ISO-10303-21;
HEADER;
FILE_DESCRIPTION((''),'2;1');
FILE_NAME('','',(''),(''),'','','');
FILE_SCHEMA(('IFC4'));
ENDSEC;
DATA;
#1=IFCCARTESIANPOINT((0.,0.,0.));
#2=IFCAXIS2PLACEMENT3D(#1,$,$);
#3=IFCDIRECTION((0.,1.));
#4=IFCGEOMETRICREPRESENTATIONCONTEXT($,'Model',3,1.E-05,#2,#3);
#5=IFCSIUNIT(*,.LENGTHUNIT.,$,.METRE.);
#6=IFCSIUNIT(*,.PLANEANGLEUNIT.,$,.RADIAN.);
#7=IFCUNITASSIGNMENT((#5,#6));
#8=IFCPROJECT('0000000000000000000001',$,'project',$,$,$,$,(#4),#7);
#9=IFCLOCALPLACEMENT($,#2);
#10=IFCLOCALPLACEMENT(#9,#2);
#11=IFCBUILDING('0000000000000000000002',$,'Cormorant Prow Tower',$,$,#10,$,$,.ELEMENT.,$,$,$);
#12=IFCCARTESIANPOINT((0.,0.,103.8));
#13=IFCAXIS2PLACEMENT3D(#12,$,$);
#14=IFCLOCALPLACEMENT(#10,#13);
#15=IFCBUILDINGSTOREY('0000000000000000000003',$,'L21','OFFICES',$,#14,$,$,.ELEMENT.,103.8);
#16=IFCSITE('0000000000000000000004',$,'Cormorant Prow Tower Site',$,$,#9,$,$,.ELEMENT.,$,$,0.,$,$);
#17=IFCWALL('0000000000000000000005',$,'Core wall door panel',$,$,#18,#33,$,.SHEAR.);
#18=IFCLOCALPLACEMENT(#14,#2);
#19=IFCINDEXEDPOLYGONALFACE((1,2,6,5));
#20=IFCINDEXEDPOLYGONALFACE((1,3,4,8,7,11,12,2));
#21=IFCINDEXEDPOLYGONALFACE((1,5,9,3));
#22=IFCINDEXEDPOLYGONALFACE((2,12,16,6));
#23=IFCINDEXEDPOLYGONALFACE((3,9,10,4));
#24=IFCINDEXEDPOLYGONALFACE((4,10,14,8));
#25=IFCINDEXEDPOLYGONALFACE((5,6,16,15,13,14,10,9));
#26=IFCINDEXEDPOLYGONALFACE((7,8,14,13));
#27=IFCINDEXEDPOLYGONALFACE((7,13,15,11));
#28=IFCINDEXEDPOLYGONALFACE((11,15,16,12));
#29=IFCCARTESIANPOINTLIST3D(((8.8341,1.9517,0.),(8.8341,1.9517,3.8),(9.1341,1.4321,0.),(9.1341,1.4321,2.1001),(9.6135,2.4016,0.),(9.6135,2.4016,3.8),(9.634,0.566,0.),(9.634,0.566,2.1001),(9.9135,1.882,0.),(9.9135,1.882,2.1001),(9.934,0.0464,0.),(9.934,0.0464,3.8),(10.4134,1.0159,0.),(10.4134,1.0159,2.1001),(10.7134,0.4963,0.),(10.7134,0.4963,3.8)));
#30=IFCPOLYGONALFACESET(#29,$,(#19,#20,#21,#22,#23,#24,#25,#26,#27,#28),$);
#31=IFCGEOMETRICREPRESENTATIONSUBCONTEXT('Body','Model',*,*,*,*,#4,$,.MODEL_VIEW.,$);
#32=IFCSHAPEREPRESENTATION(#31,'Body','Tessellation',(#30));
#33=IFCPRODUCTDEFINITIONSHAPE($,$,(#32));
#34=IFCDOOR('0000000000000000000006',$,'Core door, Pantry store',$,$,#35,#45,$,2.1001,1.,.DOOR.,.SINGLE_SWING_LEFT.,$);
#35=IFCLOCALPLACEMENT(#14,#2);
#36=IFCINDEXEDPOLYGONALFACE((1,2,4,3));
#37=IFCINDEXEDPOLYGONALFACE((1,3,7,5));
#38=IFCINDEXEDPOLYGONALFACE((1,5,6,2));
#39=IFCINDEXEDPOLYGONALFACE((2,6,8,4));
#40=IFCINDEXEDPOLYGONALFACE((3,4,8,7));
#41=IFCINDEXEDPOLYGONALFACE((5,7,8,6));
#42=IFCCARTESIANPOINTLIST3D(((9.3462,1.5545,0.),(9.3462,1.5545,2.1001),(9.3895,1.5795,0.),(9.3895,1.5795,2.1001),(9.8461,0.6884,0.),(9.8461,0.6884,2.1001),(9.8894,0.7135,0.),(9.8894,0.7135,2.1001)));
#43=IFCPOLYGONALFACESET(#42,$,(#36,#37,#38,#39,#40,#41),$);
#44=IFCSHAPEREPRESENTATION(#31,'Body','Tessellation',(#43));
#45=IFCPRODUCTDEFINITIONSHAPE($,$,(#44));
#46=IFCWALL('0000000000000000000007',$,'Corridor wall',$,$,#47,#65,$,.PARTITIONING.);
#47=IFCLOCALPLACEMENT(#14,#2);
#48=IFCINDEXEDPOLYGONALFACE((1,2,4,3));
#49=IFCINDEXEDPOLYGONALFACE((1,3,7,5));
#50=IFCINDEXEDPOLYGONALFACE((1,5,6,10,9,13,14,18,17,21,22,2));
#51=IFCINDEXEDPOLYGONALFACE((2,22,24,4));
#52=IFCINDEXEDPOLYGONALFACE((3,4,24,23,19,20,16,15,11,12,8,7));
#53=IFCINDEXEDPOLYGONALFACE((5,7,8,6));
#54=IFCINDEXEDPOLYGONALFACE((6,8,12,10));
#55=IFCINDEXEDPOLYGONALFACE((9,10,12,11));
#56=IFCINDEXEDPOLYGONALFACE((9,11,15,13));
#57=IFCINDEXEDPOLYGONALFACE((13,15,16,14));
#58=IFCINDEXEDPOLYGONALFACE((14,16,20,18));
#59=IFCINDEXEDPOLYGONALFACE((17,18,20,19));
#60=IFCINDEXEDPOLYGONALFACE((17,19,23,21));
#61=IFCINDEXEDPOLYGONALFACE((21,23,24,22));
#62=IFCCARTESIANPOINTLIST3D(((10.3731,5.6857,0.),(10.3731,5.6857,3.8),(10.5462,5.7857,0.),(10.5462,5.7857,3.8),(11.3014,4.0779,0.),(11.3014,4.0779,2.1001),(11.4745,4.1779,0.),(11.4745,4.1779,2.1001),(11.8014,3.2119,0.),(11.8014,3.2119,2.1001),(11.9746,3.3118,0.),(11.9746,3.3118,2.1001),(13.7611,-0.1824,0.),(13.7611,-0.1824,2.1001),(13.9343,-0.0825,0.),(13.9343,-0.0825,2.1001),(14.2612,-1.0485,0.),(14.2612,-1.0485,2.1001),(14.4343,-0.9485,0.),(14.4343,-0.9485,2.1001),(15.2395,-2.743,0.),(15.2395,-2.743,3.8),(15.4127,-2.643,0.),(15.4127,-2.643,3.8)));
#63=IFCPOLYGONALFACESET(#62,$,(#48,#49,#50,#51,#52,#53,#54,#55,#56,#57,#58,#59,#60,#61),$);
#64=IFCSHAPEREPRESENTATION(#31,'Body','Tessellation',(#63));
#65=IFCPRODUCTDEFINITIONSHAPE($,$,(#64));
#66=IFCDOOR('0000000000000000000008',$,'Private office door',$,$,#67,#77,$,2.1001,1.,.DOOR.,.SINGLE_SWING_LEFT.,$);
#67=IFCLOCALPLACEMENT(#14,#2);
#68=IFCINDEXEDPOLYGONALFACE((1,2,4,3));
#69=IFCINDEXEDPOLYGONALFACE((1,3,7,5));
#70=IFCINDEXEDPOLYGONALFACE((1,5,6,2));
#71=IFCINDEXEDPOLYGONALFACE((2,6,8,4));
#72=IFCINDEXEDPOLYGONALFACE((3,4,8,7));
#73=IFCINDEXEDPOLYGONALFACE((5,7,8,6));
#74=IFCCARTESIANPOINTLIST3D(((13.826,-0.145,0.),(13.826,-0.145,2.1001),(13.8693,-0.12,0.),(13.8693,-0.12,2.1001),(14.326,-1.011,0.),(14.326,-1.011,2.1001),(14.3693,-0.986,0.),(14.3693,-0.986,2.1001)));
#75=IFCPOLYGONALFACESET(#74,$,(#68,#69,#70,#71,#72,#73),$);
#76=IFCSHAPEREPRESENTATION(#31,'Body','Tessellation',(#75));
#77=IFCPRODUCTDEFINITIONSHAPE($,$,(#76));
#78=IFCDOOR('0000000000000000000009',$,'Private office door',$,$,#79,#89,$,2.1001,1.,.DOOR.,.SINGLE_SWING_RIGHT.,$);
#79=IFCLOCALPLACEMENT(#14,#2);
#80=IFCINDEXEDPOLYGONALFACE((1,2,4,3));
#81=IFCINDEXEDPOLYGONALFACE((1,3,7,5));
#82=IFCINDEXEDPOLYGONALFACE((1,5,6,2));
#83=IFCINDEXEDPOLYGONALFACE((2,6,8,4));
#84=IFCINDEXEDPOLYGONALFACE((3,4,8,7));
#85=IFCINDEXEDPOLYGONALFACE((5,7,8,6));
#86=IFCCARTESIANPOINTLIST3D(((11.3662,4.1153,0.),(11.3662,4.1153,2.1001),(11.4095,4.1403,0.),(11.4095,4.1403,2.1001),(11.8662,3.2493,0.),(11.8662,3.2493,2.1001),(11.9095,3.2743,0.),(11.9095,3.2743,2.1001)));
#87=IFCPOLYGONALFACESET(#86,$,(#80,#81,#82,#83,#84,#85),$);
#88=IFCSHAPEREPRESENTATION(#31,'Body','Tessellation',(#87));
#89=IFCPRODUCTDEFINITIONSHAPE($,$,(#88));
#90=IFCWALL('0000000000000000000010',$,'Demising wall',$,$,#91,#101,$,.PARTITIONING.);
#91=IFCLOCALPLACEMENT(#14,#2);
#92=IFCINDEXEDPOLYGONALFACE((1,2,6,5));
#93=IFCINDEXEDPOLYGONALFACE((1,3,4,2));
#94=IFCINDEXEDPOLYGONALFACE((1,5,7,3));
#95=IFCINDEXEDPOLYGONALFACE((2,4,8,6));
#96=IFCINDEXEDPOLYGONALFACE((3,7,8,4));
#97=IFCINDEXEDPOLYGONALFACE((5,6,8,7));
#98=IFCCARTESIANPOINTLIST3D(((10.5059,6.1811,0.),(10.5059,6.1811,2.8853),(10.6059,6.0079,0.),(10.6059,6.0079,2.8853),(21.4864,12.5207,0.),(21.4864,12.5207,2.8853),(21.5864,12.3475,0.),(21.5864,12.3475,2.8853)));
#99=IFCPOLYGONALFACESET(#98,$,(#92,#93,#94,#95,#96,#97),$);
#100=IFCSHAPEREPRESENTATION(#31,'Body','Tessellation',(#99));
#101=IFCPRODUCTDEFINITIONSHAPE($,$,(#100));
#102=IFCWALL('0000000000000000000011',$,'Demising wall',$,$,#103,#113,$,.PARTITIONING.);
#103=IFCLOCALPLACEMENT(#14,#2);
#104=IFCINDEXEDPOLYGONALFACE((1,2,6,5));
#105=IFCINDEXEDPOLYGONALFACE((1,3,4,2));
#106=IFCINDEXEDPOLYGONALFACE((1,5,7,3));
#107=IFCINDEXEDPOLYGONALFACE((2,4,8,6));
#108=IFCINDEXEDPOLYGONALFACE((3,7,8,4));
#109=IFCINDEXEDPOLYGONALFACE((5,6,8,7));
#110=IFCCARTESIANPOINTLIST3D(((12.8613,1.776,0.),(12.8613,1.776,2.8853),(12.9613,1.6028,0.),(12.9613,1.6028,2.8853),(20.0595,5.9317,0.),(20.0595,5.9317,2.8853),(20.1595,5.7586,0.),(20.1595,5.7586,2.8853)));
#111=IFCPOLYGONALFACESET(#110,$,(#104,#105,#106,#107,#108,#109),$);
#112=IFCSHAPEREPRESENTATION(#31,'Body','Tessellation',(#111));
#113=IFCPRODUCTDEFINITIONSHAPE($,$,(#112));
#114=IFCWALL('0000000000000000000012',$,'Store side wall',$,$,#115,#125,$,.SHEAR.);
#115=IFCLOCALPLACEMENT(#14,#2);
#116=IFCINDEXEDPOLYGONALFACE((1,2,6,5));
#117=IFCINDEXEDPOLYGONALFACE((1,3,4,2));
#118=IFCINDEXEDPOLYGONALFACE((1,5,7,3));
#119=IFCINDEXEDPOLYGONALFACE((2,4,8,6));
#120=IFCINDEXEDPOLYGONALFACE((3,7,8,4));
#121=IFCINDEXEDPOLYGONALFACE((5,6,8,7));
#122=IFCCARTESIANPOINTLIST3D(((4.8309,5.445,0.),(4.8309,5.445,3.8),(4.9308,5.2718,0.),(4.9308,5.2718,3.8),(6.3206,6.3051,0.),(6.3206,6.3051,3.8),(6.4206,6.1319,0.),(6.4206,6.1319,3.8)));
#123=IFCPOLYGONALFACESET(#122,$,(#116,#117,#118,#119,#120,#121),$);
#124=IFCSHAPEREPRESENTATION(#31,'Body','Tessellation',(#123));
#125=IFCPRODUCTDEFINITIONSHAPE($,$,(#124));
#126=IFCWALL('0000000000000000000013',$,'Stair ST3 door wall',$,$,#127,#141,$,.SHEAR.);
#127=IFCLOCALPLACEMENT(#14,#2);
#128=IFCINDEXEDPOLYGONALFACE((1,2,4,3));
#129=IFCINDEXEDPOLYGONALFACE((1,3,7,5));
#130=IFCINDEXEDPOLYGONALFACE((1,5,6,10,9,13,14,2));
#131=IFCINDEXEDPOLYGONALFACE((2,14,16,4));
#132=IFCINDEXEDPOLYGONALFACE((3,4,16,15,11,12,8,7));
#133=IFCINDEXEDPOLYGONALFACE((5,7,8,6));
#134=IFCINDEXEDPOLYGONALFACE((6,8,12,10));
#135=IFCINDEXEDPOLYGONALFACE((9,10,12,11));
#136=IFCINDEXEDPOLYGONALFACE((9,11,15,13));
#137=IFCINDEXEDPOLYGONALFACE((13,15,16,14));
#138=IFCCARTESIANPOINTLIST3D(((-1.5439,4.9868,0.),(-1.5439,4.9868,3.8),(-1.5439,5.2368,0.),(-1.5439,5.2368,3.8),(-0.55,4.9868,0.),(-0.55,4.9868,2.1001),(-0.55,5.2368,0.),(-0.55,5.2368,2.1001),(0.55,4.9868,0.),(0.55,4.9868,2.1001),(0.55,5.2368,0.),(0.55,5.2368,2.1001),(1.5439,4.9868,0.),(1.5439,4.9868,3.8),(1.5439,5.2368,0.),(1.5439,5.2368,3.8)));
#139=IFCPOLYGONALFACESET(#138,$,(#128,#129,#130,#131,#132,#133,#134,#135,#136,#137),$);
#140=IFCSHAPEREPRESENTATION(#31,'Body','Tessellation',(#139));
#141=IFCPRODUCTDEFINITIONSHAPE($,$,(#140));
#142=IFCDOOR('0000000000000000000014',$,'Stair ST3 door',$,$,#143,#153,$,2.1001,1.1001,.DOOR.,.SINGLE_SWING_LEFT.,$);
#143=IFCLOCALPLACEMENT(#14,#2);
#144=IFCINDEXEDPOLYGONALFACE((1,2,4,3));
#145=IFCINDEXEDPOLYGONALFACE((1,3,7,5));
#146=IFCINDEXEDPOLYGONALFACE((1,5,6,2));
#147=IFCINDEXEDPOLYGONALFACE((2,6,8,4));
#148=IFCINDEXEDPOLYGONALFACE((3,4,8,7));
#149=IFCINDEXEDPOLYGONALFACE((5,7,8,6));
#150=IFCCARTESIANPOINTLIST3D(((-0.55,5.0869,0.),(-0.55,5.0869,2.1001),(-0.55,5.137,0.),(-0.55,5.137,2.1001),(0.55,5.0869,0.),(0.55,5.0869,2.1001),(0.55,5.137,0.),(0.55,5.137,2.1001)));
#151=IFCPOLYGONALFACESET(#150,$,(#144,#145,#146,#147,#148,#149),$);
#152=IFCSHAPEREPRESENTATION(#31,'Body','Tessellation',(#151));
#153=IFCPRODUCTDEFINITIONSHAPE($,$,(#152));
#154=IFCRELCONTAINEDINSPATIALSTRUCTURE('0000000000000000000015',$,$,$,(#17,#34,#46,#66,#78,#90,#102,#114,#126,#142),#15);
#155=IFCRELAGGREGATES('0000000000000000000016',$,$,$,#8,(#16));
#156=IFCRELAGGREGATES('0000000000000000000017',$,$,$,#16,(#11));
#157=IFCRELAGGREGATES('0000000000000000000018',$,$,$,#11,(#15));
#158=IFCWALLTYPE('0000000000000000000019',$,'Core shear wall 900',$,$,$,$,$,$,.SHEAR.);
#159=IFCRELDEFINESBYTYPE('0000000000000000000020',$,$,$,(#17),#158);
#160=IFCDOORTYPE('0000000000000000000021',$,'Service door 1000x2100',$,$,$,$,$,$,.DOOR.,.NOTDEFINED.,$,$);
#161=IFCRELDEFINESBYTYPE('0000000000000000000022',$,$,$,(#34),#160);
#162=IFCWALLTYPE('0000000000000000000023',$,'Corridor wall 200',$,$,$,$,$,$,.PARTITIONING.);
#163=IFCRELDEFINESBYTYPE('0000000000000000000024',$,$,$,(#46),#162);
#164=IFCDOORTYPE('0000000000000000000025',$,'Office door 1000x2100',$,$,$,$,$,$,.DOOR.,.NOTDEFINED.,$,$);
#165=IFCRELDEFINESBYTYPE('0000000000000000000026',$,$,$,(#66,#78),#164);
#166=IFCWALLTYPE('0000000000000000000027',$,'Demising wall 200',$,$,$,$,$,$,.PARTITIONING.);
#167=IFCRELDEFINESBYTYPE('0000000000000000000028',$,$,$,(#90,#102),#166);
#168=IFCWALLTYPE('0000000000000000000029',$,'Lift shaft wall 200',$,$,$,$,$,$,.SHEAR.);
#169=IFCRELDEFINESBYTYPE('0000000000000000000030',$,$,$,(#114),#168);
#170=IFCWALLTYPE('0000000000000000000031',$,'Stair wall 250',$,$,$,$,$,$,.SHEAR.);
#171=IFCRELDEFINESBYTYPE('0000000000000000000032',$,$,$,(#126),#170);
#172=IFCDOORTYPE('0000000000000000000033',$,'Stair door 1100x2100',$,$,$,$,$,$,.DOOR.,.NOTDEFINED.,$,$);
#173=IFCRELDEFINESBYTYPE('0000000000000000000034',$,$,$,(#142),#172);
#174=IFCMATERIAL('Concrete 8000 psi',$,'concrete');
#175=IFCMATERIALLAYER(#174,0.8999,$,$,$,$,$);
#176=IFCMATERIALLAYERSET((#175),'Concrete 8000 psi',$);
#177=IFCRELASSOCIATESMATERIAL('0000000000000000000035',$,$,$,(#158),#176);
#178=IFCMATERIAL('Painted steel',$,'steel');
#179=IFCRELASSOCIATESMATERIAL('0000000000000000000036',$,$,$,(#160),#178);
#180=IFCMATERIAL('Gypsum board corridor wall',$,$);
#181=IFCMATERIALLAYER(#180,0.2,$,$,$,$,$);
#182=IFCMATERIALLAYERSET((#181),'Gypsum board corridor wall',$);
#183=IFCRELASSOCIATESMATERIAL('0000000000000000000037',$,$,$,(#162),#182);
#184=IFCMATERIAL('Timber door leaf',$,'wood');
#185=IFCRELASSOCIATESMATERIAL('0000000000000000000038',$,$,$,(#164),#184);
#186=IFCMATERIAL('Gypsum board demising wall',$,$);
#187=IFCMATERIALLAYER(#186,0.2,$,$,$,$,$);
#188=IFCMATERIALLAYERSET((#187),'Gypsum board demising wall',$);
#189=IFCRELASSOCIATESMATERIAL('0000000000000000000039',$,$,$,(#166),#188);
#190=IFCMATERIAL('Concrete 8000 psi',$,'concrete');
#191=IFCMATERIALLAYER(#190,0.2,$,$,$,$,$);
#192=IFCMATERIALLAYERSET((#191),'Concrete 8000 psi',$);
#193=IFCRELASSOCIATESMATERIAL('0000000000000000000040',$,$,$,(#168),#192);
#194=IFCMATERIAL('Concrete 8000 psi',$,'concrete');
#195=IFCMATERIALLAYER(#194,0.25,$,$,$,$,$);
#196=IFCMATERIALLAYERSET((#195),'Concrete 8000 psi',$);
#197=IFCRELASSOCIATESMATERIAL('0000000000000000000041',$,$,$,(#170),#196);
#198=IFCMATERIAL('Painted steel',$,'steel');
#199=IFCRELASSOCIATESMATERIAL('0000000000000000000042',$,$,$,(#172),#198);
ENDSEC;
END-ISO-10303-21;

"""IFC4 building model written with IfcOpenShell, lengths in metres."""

from ifc_helpers import new_model, si_unit, direction, frame, frame_2d, origin, place, context, subcontext, project, spatial, rectangle, extrude, material, layer, layer_set, type_object, element, fill, save


model = new_model("IFC4")

# Units and contexts
model_context = context("Model", 3, precision=1e-05, world=origin(), true_north=direction((0.0, 1.0)))
body_context = subcontext(model_context, "Body", "Model", "MODEL_VIEW")
ifc_project = project(units=[si_unit("LENGTHUNIT", "METRE"), si_unit("PLANEANGLEUNIT", "RADIAN")], contexts=[model_context])

# Site, building, storey
site_placement = place(None, origin())
site = spatial("IfcSite", under=ifc_project, at=site_placement, Name="Cormorant Prow Tower Site", CompositionType="ELEMENT", RefElevation=0.0)
building_placement = place(site_placement, origin())
building = spatial("IfcBuilding", under=site, at=building_placement, Name="Cormorant Prow Tower", CompositionType="ELEMENT")
storey_placement = place(building_placement, frame((0.0, 0.0, 103.8)))
storey = spatial("IfcBuildingStorey", under=building, at=storey_placement, Name="L21", Description="OFFICES", CompositionType="ELEMENT", Elevation=103.8)

# Shared definitions
ifc_material_1 = material(Name="Concrete 8000 psi", Category="concrete")
ifc_layer_1 = layer(ifc_material_1, 0.8999)
ifc_layer_set_1 = layer_set([ifc_layer_1], Name="Concrete 8000 psi")
wall_type_1 = type_object("IfcWallType", Name="Core shear wall 900", PredefinedType="SHEAR", material=ifc_layer_set_1)

# Wall, opening, door
wall_1_placement = place(storey_placement, frame((10.3237, 0.2712, 0.0), z_axis=(0.0, 0.0, 1.0), x_axis=(-0.499947, 0.866056, 0.0)))
wall_1 = element("IfcWall", 1, at=wall_1_placement, inside=storey, type_object=wall_type_1, Name="Core wall door panel", PredefinedType="SHEAR", context=body_context, shape_type="SweptSolid", body=[
    extrude(rectangle(XDim=2.2, YDim=0.8999, at=frame_2d((1.1001, 0.0))), origin(), (0.0, 0.0, 1.0), 3.8),
])
opening_1_placement = place(wall_1_placement, frame((0.6001, 0.0, 0.0)))
opening_1 = element("IfcOpeningElement", 2, at=opening_1_placement, cuts=wall_1, PredefinedType="OPENING", context=body_context, shape_type="SweptSolid", body=[
    extrude(rectangle(XDim=1.0, YDim=2.1001, at=frame_2d((0.5, 1.05))), frame((0.0, 0.46, 0.0), z_axis=(0.0, -1.0, 0.0), x_axis=(1.0, 0.0, 0.0)), (0.0, 0.0, 1.0), 0.9199),
])
ifc_material_2 = material(Name="Painted steel", Category="steel")
door_type_1 = type_object("IfcDoorType", Name="Service door 1000x2100", OperationType="NOTDEFINED", PredefinedType="DOOR", material=ifc_material_2)
door_1_placement = place(opening_1_placement, origin())
door_1 = element("IfcDoor", 3, at=door_1_placement, inside=storey, type_object=door_type_1, Name="Core door, Pantry store", OperationType="SINGLE_SWING_LEFT", OverallHeight=2.1001, OverallWidth=1.0, PredefinedType="DOOR", context=body_context, shape_type="SweptSolid", body=[
    extrude(rectangle(XDim=1.0, YDim=2.1001, at=frame_2d((0.5, 1.05))), frame((0.0, 0.2051, 0.0), z_axis=(0.0, -1.0, 0.0), x_axis=(1.0, 0.0, 0.0)), (0.0, 0.0, 1.0), 0.05),
])
fill(opening_1, door_1)

# Wall, openings, doors
ifc_material_3 = material(Name="Gypsum board corridor wall")
ifc_layer_2 = layer(ifc_material_3, 0.2)
ifc_layer_set_2 = layer_set([ifc_layer_2], Name="Gypsum board corridor wall")
wall_type_2 = type_object("IfcWallType", Name="Corridor wall 200", PredefinedType="PARTITIONING", material=ifc_layer_set_2)
wall_2_placement = place(storey_placement, frame((10.4597, 5.7356, 0.0), z_axis=(0.0, 0.0, 1.0), x_axis=(0.500011, -0.866019, 0.0)))
wall_2 = element("IfcWall", 4, at=wall_2_placement, inside=storey, type_object=wall_type_2, Name="Corridor wall", PredefinedType="PARTITIONING", context=body_context, shape_type="SweptSolid", body=[
    extrude(rectangle(XDim=9.7327, YDim=0.2, at=frame_2d((4.8662, 0.0))), origin(), (0.0, 0.0, 1.0), 3.8),
])
opening_2_placement = place(wall_2_placement, frame((6.7759, 0.0, 0.0)))
opening_2 = element("IfcOpeningElement", 5, at=opening_2_placement, cuts=wall_2, PredefinedType="OPENING", context=body_context, shape_type="SweptSolid", body=[
    extrude(rectangle(XDim=1.0, YDim=2.1001, at=frame_2d((0.5, 1.05))), frame((0.0, 0.1099, 0.0), z_axis=(0.0, -1.0, 0.0), x_axis=(1.0, 0.0, 0.0)), (0.0, 0.0, 1.0), 0.22),
])
opening_3_placement = place(wall_2_placement, frame((1.8564, 0.0, 0.0)))
opening_3 = element("IfcOpeningElement", 6, at=opening_3_placement, cuts=wall_2, PredefinedType="OPENING", context=body_context, shape_type="SweptSolid", body=[
    extrude(rectangle(XDim=1.0, YDim=2.1001, at=frame_2d((0.5, 1.05))), frame((0.0, 0.1099, 0.0), z_axis=(0.0, -1.0, 0.0), x_axis=(1.0, 0.0, 0.0)), (0.0, 0.0, 1.0), 0.22),
])
ifc_material_4 = material(Name="Timber door leaf", Category="wood")
door_type_2 = type_object("IfcDoorType", Name="Office door 1000x2100", OperationType="NOTDEFINED", PredefinedType="DOOR", material=ifc_material_4)
door_2_placement = place(opening_2_placement, origin())
door_2 = element("IfcDoor", 7, at=door_2_placement, inside=storey, type_object=door_type_2, Name="Private office door", OperationType="SINGLE_SWING_LEFT", OverallHeight=2.1001, OverallWidth=1.0, PredefinedType="DOOR", context=body_context, shape_type="SweptSolid", body=[
    extrude(rectangle(XDim=1.0, YDim=2.1001, at=frame_2d((0.5, 1.05))), frame((0.0, 0.0249, 0.0), z_axis=(0.0, -1.0, 0.0), x_axis=(1.0, 0.0, 0.0)), (0.0, 0.0, 1.0), 0.05),
])
fill(opening_2, door_2)
door_3_placement = place(opening_3_placement, origin())
door_3 = element("IfcDoor", 8, at=door_3_placement, inside=storey, type_object=door_type_2, Name="Private office door", OperationType="SINGLE_SWING_RIGHT", OverallHeight=2.1001, OverallWidth=1.0, PredefinedType="DOOR", context=body_context, shape_type="SweptSolid", body=[
    extrude(rectangle(XDim=1.0, YDim=2.1001, at=frame_2d((0.5, 1.05))), frame((0.0, 0.0249, 0.0), z_axis=(0.0, -1.0, 0.0), x_axis=(1.0, 0.0, 0.0)), (0.0, 0.0, 1.0), 0.05),
])
fill(opening_3, door_3)

# Walls
ifc_material_5 = material(Name="Gypsum board demising wall")
ifc_layer_3 = layer(ifc_material_5, 0.2)
ifc_layer_set_3 = layer_set([ifc_layer_3], Name="Gypsum board demising wall")
wall_type_3 = type_object("IfcWallType", Name="Demising wall 200", PredefinedType="PARTITIONING", material=ifc_layer_set_3)
wall_3_placement = place(storey_placement, frame((10.5559, 6.0945, 0.0), z_axis=(0.0, 0.0, 1.0), x_axis=(0.866025, 0.500001, 0.0)))
element("IfcWall", 9, at=wall_3_placement, inside=storey, type_object=wall_type_3, Name="Demising wall", PredefinedType="PARTITIONING", context=body_context, shape_type="SweptSolid", body=[
    extrude(rectangle(XDim=12.6792, YDim=0.2, at=frame_2d((6.3396, 0.0))), origin(), (0.0, 0.0, 1.0), 2.8853),
])
wall_4_placement = place(storey_placement, frame((12.9114, 1.6895, 0.0), z_axis=(0.0, 0.0, 1.0), x_axis=(0.866033, 0.499987, 0.0)))
element("IfcWall", 10, at=wall_4_placement, inside=storey, type_object=wall_type_3, Name="Demising wall", PredefinedType="PARTITIONING", context=body_context, shape_type="SweptSolid", body=[
    extrude(rectangle(XDim=8.3118, YDim=0.2, at=frame_2d((4.1558, 0.0))), origin(), (0.0, 0.0, 1.0), 2.8853),
])
ifc_material_6 = material(Name="Concrete 8000 psi", Category="concrete")
ifc_layer_4 = layer(ifc_material_6, 0.2)
ifc_layer_set_4 = layer_set([ifc_layer_4], Name="Concrete 8000 psi")
wall_type_4 = type_object("IfcWallType", Name="Lift shaft wall 200", PredefinedType="SHEAR", material=ifc_layer_set_4)
wall_5_placement = place(storey_placement, frame((4.8809, 5.3584, 0.0), z_axis=(0.0, 0.0, 1.0), x_axis=(0.866025, 0.500001, 0.0)))
element("IfcWall", 11, at=wall_5_placement, inside=storey, type_object=wall_type_4, Name="Store side wall", PredefinedType="SHEAR", context=body_context, shape_type="SweptSolid", body=[
    extrude(rectangle(XDim=1.7202, YDim=0.2, at=frame_2d((0.8601, 0.0))), origin(), (0.0, 0.0, 1.0), 3.8),
])

# Wall, opening, door
ifc_material_7 = material(Name="Concrete 8000 psi", Category="concrete")
ifc_layer_5 = layer(ifc_material_7, 0.25)
ifc_layer_set_5 = layer_set([ifc_layer_5], Name="Concrete 8000 psi")
wall_type_5 = type_object("IfcWallType", Name="Stair wall 250", PredefinedType="SHEAR", material=ifc_layer_set_5)
wall_6_placement = place(storey_placement, frame((1.5439, 5.1118, 0.0), z_axis=(0.0, 0.0, 1.0), x_axis=(-1.0, 0.0, 0.0)))
wall_6 = element("IfcWall", 12, at=wall_6_placement, inside=storey, type_object=wall_type_5, Name="Stair ST3 door wall", PredefinedType="SHEAR", context=body_context, shape_type="SweptSolid", body=[
    extrude(rectangle(XDim=3.0879, YDim=0.25, at=frame_2d((1.5439, 0.0))), origin(), (0.0, 0.0, 1.0), 3.8),
])
opening_4_placement = place(wall_6_placement, frame((0.9939, 0.0, 0.0)))
opening_4 = element("IfcOpeningElement", 13, at=opening_4_placement, cuts=wall_6, PredefinedType="OPENING", context=body_context, shape_type="SweptSolid", body=[
    extrude(rectangle(XDim=1.1001, YDim=2.1001, at=frame_2d((0.55, 1.05))), frame((0.0, 0.135, 0.0), z_axis=(0.0, -1.0, 0.0), x_axis=(1.0, 0.0, 0.0)), (0.0, 0.0, 1.0), 0.27),
])
ifc_material_8 = material(Name="Painted steel", Category="steel")
door_type_3 = type_object("IfcDoorType", Name="Stair door 1100x2100", OperationType="NOTDEFINED", PredefinedType="DOOR", material=ifc_material_8)
door_4_placement = place(opening_4_placement, origin())
door_4 = element("IfcDoor", 14, at=door_4_placement, inside=storey, type_object=door_type_3, Name="Stair ST3 door", OperationType="SINGLE_SWING_LEFT", OverallHeight=2.1001, OverallWidth=1.1001, PredefinedType="DOOR", context=body_context, shape_type="SweptSolid", body=[
    extrude(rectangle(XDim=1.1001, YDim=2.1001, at=frame_2d((0.55, 1.05))), frame((0.0, 0.0249, 0.0), z_axis=(0.0, -1.0, 0.0), x_axis=(1.0, 0.0, 0.0)), (0.0, 0.0, 1.0), 0.05),
])
fill(opening_4, door_4)

save(model, "model.ifc")
